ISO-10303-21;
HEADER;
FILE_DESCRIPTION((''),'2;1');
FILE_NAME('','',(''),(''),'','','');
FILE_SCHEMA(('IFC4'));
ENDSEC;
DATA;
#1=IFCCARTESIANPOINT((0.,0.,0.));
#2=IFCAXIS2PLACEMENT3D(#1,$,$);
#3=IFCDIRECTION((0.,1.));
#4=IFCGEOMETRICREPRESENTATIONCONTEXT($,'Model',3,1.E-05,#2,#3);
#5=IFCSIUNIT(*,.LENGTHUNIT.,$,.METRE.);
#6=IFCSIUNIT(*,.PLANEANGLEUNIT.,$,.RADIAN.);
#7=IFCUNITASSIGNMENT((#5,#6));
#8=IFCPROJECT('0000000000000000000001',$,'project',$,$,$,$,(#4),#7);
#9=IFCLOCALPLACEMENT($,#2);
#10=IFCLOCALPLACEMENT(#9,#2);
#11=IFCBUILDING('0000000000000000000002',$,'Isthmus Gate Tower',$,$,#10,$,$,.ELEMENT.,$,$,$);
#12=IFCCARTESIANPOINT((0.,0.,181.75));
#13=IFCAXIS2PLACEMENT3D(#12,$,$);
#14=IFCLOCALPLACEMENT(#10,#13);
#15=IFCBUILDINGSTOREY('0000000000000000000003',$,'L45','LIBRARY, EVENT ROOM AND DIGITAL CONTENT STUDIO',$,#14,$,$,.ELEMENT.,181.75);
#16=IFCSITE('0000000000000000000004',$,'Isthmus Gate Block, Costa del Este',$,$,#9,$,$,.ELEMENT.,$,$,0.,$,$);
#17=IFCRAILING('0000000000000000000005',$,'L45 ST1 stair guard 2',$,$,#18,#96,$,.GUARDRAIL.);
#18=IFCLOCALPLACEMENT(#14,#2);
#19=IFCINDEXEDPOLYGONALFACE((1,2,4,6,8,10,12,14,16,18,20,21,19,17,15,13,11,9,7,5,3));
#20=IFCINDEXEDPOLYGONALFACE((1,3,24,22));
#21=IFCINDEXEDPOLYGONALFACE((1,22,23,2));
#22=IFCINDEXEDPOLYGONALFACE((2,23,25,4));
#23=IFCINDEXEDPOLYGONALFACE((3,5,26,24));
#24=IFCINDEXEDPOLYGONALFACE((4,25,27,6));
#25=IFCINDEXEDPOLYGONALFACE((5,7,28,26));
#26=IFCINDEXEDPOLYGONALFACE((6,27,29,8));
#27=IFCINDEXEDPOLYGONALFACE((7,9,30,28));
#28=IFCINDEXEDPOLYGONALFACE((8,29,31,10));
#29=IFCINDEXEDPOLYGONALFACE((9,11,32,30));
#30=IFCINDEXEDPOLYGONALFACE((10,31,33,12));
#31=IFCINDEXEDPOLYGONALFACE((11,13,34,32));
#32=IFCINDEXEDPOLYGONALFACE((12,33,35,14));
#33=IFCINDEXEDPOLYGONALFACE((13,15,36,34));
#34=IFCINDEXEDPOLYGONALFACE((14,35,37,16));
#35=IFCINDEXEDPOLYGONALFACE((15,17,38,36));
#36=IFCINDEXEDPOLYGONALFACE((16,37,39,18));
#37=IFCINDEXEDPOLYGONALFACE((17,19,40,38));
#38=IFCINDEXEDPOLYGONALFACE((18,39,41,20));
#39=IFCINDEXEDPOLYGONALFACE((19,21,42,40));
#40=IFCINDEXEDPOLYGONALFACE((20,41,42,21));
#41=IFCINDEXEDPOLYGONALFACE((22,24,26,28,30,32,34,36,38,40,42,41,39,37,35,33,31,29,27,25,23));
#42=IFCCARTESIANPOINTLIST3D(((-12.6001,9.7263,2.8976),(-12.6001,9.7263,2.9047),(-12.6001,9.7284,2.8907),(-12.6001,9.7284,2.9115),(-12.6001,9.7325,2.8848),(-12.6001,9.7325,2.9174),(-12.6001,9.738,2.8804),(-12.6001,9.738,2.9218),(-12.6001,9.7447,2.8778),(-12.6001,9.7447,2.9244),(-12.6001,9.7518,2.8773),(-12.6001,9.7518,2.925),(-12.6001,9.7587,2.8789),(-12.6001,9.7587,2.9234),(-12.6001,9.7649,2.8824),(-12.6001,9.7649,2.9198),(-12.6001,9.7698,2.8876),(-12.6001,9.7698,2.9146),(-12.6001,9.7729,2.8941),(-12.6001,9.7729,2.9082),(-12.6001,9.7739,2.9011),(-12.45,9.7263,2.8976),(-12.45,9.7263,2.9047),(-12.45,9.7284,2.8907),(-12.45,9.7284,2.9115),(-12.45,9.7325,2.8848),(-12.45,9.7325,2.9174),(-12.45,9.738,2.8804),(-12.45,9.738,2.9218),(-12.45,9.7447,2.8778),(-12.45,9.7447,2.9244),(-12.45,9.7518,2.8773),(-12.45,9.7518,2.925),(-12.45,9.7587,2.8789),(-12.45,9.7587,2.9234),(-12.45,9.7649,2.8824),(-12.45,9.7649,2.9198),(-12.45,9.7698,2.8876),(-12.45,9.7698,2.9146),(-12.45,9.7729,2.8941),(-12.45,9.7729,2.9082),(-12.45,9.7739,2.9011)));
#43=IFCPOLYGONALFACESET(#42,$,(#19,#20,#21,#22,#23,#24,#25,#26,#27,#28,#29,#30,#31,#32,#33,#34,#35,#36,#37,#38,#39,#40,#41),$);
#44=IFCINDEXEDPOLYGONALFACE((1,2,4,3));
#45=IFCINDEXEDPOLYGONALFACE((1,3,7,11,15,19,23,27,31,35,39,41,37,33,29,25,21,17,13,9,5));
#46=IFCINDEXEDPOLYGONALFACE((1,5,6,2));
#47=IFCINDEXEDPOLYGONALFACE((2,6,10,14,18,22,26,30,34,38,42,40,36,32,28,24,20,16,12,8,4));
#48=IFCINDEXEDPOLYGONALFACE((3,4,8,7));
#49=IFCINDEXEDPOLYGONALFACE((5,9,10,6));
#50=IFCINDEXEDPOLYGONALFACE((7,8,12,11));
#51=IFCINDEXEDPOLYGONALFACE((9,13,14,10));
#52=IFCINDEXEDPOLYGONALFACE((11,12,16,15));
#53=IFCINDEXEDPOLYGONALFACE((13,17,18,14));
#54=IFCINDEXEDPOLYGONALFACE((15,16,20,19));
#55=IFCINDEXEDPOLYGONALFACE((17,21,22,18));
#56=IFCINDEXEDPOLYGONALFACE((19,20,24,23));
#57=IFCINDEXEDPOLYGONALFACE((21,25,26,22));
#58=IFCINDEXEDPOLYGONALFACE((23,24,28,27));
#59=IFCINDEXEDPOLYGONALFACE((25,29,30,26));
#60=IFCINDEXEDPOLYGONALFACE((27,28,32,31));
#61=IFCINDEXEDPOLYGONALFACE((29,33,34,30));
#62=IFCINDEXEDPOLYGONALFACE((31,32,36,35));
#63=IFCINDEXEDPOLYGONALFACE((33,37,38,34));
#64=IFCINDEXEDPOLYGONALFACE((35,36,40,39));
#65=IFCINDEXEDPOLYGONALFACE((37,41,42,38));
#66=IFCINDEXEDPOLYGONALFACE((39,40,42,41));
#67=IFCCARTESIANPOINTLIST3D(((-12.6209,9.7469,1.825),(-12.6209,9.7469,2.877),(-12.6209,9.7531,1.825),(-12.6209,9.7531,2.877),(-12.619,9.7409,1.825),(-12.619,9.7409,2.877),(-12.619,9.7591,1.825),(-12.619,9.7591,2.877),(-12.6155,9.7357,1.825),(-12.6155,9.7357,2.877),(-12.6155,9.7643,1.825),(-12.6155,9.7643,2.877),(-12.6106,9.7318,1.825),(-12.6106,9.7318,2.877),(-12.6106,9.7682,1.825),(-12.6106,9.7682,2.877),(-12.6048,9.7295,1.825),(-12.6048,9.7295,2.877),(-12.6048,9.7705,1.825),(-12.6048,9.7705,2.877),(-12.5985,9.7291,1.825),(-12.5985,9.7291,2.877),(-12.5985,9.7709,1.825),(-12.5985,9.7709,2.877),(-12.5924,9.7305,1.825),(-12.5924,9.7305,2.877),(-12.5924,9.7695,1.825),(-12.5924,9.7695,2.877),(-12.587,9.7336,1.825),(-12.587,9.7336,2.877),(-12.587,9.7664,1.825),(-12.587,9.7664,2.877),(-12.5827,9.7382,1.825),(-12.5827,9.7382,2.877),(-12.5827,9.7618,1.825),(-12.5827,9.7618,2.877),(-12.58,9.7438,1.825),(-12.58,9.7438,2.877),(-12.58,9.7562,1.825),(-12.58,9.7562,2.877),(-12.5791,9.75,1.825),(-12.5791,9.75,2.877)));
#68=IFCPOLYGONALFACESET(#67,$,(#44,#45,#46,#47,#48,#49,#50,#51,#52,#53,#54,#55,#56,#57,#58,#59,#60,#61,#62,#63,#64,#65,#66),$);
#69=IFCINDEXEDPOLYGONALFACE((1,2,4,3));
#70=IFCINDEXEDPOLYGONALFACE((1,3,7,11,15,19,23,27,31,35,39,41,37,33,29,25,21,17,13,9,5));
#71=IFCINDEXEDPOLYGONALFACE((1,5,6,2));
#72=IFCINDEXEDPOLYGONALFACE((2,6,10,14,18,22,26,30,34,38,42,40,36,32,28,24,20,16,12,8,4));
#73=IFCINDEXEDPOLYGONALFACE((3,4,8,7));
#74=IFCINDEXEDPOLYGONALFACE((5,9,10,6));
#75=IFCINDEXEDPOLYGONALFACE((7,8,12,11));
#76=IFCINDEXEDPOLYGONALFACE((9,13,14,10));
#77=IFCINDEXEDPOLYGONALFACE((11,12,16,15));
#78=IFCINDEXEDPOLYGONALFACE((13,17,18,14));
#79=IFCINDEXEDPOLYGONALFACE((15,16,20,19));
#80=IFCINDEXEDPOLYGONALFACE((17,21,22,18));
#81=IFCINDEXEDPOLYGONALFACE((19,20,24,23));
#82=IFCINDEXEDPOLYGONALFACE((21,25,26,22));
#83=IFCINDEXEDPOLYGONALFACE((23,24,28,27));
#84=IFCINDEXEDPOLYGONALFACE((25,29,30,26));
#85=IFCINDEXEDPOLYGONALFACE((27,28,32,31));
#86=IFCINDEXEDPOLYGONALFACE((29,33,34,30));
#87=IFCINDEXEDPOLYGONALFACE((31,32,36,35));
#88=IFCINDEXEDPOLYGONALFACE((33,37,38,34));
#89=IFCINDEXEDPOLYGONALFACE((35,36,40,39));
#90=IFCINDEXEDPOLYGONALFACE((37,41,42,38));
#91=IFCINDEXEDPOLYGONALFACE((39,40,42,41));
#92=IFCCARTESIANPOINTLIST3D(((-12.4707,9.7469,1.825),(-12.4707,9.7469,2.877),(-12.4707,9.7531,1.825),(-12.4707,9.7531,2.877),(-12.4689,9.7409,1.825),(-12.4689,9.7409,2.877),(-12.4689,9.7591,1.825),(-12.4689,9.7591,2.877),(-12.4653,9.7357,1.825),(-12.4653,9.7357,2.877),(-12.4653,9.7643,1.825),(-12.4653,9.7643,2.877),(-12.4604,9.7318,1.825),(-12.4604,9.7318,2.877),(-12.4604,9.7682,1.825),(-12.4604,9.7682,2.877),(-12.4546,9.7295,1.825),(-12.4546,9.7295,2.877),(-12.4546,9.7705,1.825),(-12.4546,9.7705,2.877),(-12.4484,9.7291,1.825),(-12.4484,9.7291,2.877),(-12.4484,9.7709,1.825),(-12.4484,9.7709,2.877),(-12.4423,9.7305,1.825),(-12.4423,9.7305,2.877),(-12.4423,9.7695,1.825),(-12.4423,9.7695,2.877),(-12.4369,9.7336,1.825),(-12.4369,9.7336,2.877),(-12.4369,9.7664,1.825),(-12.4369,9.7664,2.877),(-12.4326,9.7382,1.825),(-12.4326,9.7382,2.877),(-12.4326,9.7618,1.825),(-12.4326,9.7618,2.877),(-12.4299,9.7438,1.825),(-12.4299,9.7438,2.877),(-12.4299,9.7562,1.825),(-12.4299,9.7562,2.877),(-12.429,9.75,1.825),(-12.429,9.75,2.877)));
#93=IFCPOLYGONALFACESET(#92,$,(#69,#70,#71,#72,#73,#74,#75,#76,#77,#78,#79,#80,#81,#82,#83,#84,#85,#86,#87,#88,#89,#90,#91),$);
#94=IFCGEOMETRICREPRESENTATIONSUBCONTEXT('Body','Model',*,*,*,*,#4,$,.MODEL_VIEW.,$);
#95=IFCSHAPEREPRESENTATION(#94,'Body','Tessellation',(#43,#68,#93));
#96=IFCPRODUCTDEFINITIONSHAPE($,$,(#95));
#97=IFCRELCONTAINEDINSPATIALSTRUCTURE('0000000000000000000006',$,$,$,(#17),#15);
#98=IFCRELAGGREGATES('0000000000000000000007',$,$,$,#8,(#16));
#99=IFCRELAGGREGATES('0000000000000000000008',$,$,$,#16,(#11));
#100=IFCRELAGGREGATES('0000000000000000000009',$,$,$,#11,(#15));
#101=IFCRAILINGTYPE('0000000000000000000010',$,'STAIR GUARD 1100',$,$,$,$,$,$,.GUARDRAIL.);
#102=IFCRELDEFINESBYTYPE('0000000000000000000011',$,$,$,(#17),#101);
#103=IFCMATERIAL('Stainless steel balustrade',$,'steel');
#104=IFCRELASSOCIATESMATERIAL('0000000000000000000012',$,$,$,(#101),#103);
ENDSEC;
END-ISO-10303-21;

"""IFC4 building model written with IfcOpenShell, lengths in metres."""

from ifc_helpers import new_model, si_unit, direction, frame, origin, origin_2d, place, context, subcontext, project, spatial, circle, extrude, material, type_object, element, save


model = new_model("IFC4")

# Units and contexts
model_context = context("Model", 3, precision=1e-05, world=origin(), true_north=direction((0.0, 1.0)))
body_context = subcontext(model_context, "Body", "Model", "MODEL_VIEW")
ifc_project = project(units=[si_unit("LENGTHUNIT", "METRE"), si_unit("PLANEANGLEUNIT", "RADIAN")], contexts=[model_context])

# Site, building, storey
site_placement = place(None, origin())
site = spatial("IfcSite", under=ifc_project, at=site_placement, Name="Isthmus Gate Block, Costa del Este", CompositionType="ELEMENT", RefElevation=0.0)
building_placement = place(site_placement, origin())
building = spatial("IfcBuilding", under=site, at=building_placement, Name="Isthmus Gate Tower", CompositionType="ELEMENT")
storey_placement = place(building_placement, frame((0.0, 0.0, 181.75)))
storey = spatial("IfcBuildingStorey", under=building, at=storey_placement, Name="L45", Description="LIBRARY, EVENT ROOM AND DIGITAL CONTENT STUDIO", CompositionType="ELEMENT", Elevation=181.75)

# Railing
ifc_material_1 = material(Name="Stainless steel balustrade", Category="steel")
railing_type_1 = type_object("IfcRailingType", Name="STAIR GUARD 1100", PredefinedType="GUARDRAIL", material=ifc_material_1)
railing_1_placement = place(storey_placement, frame((-12.6001, 9.75, 1.825)))
element("IfcRailing", 1, at=railing_1_placement, inside=storey, type_object=railing_type_1, Name="L45 ST1 stair guard 2", PredefinedType="GUARDRAIL", context=body_context, shape_type="SweptSolid", body=[
    extrude(circle(Radius=0.0239, at=origin_2d()), frame((0.0, 0.0, 1.0762), z_axis=(1.0, 0.0, 0.0), x_axis=(0.0, 1.0, 0.0)), (0.0, 0.0, 1.0), 0.1501),
    extrude(circle(Radius=0.021, at=origin_2d()), origin(), (0.0, 0.0, 1.0), 1.052),
    extrude(circle(Radius=0.021, at=origin_2d()), frame((0.1501, 0.0, 0.0)), (0.0, 0.0, 1.0), 1.052),
])

save(model, "model.ifc")
